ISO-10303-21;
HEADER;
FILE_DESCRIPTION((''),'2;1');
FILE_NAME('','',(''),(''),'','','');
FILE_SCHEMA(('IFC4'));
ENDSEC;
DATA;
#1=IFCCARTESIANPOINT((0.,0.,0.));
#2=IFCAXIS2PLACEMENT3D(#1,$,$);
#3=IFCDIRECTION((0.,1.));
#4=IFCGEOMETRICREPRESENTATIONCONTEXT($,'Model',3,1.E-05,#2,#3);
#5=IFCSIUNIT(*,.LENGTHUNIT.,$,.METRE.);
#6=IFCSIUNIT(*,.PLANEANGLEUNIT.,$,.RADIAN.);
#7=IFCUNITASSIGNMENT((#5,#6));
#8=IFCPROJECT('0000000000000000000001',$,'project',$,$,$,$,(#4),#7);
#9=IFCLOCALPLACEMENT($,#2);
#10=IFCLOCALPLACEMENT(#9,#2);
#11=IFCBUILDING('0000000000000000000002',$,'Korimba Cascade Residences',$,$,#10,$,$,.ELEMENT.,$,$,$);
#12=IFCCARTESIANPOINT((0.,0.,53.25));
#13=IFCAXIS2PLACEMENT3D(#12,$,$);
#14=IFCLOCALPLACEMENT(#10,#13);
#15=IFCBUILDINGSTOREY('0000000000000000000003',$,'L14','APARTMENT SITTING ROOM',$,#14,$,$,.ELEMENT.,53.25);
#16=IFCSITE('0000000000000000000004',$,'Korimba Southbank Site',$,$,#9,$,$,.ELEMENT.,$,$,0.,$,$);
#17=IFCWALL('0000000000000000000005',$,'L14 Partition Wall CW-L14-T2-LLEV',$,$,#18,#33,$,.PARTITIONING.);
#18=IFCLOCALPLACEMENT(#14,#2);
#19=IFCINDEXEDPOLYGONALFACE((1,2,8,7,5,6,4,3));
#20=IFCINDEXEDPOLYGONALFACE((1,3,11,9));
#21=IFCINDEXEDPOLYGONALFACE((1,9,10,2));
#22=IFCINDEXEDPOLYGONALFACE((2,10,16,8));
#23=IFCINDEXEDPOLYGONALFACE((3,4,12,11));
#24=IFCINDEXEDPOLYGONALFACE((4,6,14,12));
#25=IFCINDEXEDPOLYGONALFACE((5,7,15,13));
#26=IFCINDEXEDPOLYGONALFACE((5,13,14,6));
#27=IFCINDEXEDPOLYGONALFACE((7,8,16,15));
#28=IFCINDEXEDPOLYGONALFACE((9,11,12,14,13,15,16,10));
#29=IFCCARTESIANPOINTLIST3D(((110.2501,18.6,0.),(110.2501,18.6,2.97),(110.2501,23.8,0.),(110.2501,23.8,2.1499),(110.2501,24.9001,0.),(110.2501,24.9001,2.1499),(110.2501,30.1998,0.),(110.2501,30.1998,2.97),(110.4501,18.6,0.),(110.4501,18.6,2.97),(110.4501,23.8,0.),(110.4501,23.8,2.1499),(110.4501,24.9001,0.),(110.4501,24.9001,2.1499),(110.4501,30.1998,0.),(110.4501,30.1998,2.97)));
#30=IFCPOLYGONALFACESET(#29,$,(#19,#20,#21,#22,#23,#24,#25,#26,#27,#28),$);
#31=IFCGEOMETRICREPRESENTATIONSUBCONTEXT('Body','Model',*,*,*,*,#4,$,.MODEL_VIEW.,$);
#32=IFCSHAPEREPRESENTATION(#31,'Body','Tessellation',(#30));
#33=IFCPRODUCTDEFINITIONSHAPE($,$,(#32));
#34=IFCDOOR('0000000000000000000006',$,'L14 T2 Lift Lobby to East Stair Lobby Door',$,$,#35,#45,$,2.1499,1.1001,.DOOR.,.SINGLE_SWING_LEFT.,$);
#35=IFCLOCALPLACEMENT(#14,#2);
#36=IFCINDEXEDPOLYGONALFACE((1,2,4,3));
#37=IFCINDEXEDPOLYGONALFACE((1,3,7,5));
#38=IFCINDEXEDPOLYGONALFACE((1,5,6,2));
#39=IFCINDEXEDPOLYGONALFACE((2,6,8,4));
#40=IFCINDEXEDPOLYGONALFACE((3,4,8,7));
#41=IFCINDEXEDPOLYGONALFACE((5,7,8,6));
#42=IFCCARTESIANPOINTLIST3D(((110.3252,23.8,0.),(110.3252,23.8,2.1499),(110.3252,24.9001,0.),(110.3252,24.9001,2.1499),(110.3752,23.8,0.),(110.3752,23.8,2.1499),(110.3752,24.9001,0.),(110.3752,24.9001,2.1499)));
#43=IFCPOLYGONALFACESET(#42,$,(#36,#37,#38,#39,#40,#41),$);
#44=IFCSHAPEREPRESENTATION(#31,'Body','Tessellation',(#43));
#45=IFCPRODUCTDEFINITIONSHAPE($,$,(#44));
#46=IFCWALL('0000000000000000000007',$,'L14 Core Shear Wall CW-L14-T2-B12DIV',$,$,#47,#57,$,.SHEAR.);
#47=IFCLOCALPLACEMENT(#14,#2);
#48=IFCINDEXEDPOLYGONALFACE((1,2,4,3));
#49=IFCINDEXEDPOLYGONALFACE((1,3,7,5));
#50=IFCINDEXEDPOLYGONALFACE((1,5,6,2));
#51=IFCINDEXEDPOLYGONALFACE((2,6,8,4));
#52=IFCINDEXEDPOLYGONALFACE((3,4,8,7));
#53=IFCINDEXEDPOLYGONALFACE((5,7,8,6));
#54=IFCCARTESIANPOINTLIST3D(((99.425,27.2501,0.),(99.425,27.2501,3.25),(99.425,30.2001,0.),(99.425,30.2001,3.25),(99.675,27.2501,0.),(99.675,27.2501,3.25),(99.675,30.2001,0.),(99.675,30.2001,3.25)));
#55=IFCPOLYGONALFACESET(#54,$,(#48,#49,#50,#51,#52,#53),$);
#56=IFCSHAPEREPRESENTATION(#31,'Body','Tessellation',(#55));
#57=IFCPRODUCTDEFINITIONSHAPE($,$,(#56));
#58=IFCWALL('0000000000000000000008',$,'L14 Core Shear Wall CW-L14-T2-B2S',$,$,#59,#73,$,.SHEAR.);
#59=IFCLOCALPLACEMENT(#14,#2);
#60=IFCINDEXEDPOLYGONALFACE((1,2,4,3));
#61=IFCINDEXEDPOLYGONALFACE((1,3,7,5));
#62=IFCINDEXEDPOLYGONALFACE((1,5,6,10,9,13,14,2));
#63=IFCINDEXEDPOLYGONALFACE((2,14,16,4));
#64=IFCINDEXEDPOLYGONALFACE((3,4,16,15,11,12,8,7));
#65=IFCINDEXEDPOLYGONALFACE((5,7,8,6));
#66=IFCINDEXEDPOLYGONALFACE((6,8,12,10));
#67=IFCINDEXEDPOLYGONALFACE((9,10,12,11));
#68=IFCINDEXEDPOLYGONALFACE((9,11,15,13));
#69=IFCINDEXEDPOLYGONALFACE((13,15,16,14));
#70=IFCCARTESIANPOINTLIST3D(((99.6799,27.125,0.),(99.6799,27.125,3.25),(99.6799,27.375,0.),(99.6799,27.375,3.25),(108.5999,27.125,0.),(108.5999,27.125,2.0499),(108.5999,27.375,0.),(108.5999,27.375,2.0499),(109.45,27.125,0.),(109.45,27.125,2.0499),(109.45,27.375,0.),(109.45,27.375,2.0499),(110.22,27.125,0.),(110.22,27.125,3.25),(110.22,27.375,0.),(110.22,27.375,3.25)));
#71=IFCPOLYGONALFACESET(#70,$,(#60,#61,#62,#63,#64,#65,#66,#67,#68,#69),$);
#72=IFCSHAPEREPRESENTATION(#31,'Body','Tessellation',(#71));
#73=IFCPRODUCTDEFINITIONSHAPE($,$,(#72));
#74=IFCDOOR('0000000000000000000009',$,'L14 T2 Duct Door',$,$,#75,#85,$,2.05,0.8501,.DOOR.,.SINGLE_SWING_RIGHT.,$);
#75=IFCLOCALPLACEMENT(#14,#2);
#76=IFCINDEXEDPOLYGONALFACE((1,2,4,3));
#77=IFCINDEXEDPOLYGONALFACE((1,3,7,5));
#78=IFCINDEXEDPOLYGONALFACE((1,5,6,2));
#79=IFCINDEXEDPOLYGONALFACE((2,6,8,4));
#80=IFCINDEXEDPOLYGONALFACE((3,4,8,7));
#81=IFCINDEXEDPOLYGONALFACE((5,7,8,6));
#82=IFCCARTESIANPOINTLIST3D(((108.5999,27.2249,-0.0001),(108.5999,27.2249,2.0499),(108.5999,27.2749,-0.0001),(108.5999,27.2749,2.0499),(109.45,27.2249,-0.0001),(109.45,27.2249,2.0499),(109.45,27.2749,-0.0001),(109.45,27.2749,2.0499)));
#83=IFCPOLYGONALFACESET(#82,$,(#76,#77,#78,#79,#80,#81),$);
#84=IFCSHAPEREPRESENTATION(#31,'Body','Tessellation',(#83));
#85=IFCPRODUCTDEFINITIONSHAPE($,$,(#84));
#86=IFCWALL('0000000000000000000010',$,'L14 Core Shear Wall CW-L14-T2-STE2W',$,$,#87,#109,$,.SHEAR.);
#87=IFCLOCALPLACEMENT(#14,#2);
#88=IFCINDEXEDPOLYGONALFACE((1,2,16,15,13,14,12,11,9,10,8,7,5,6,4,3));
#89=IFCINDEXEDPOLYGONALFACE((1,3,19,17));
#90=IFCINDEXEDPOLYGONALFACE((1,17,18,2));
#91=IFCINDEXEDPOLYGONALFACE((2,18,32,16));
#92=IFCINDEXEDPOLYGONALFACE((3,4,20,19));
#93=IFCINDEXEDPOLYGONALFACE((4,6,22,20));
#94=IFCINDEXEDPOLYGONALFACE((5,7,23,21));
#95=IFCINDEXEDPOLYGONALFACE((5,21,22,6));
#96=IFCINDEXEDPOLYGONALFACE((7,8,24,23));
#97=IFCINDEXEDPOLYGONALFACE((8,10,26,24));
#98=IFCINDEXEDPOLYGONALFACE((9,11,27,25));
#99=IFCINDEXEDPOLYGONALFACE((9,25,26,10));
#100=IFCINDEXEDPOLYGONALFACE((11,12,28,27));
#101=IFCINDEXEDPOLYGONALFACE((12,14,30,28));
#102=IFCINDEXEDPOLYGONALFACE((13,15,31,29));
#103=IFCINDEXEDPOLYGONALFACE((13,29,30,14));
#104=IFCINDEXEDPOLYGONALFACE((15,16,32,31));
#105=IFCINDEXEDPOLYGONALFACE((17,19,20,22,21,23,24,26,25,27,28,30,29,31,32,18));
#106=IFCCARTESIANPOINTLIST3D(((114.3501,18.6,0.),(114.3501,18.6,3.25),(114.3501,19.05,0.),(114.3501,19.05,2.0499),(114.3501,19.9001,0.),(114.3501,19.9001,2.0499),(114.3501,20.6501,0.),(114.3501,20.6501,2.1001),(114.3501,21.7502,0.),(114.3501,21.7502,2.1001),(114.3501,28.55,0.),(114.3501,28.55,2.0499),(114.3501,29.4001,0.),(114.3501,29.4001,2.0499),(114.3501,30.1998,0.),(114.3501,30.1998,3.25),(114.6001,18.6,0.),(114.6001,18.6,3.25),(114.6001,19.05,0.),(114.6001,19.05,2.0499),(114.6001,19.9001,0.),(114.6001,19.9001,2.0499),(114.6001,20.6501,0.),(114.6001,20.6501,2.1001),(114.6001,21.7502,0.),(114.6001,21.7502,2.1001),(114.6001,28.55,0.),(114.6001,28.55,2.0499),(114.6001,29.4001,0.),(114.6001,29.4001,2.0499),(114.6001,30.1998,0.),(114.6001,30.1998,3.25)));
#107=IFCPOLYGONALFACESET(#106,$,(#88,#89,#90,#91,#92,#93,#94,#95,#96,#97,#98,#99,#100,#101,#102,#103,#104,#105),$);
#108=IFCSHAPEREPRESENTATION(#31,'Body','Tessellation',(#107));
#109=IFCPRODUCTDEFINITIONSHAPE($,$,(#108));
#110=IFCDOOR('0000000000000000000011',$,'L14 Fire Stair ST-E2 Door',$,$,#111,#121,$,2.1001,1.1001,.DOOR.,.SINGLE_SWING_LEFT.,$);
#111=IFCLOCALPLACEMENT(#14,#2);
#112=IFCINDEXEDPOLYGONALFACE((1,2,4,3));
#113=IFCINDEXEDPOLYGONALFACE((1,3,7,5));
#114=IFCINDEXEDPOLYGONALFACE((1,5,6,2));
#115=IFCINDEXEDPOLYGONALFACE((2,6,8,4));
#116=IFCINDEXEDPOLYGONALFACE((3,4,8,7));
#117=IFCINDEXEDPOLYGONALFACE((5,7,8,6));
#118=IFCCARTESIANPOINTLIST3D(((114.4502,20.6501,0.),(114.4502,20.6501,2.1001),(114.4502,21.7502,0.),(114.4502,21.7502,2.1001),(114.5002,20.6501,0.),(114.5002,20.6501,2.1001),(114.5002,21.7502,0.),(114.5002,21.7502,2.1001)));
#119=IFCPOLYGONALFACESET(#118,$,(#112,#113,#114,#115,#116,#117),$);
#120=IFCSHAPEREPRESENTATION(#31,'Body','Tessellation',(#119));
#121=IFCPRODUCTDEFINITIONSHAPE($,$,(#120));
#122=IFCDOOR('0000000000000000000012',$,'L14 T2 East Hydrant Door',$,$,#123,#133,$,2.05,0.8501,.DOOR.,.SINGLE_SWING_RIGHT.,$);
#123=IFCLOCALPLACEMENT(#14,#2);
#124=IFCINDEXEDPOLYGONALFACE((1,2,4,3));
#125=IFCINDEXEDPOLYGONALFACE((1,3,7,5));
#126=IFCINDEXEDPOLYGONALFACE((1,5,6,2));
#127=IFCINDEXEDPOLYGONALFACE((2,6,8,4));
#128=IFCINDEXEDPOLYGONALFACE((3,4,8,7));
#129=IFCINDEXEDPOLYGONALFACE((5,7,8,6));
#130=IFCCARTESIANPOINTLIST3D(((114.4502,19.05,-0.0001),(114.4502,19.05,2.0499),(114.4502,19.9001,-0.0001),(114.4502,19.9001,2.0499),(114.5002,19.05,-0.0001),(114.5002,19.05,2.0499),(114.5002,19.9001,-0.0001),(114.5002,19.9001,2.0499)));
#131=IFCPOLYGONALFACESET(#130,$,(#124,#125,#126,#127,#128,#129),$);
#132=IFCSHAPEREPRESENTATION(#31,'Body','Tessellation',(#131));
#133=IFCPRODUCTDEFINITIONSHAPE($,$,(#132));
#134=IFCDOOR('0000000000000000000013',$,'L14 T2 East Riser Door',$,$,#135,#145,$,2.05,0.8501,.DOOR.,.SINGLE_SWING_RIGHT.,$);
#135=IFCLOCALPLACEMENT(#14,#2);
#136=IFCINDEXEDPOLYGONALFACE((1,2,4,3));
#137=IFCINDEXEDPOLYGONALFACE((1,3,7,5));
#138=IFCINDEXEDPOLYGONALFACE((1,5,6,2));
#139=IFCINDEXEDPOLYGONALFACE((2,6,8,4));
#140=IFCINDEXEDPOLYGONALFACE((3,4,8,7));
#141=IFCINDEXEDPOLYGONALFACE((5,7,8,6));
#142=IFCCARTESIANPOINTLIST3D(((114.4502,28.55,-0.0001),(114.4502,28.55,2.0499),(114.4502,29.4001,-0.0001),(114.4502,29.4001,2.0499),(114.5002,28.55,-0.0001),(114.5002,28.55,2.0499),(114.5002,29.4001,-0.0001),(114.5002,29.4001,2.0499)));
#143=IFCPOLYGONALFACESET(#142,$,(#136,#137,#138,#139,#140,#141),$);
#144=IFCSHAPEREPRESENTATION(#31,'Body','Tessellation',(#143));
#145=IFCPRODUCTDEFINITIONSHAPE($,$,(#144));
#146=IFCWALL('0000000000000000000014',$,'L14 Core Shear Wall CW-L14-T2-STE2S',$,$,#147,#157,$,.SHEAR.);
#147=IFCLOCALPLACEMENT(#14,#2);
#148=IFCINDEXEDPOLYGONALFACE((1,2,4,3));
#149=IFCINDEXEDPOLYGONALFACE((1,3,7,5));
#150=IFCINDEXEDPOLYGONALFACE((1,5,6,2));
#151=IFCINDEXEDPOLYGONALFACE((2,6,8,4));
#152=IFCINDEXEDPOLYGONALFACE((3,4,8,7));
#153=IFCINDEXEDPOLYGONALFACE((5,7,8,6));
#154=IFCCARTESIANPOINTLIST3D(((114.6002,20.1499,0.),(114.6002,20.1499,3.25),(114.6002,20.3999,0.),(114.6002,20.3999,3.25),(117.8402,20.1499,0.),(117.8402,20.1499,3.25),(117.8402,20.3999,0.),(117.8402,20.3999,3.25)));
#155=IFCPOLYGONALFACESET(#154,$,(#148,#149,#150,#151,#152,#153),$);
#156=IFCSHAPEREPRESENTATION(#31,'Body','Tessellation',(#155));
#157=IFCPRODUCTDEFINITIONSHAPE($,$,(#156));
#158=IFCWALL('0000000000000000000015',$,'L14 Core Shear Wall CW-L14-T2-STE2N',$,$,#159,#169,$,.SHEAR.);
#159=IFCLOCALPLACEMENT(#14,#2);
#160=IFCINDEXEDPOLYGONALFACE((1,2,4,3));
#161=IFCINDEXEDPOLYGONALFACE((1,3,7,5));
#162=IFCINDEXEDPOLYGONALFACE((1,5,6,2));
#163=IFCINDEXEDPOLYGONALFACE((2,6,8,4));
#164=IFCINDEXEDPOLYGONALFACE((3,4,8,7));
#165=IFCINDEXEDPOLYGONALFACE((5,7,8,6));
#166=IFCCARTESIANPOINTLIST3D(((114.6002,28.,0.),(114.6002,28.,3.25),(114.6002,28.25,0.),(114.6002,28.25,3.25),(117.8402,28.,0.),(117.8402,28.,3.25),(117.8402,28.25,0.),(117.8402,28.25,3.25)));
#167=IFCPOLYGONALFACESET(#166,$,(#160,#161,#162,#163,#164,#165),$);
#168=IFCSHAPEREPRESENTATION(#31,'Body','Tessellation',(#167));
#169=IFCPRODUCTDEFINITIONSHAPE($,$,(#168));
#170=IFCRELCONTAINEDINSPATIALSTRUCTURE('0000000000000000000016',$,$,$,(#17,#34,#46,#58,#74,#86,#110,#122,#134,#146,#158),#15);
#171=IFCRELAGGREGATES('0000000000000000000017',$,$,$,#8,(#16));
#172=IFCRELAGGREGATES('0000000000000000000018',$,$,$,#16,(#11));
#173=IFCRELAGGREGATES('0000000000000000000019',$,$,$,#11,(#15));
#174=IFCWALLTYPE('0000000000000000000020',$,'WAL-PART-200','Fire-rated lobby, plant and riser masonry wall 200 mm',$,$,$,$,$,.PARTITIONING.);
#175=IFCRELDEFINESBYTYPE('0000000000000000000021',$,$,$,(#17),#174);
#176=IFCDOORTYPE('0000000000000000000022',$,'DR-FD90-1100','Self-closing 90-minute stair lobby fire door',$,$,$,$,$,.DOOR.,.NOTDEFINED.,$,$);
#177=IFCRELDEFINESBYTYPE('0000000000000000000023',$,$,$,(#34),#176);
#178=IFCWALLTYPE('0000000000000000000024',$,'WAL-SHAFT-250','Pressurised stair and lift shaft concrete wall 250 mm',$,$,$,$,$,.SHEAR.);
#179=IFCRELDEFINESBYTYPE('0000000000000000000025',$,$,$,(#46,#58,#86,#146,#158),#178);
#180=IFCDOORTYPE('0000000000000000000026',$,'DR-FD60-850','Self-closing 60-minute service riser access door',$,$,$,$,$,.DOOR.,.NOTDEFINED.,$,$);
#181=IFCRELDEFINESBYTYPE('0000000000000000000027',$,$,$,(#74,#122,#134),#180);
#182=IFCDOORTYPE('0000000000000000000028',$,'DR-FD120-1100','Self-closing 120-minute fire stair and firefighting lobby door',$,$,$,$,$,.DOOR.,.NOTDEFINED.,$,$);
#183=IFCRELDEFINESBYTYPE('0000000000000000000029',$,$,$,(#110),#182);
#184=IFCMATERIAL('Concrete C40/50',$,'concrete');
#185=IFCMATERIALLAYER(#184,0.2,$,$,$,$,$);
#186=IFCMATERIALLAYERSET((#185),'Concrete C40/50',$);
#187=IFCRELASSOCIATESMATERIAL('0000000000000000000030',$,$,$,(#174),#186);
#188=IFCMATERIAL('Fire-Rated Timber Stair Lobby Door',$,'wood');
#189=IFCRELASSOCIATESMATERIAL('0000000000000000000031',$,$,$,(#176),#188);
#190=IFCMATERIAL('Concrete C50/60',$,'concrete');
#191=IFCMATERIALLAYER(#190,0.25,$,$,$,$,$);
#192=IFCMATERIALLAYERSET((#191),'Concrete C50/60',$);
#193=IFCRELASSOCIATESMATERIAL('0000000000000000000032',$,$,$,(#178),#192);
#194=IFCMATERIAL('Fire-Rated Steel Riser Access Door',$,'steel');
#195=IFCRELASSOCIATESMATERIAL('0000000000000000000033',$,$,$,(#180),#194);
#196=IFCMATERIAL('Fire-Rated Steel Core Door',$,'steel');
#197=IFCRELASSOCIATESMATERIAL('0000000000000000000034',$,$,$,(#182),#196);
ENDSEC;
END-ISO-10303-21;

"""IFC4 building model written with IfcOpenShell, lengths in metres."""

from ifc_helpers import new_model, si_unit, direction, frame, frame_2d, origin, place, context, subcontext, project, spatial, rectangle, extrude, material, layer, layer_set, type_object, element, fill, save


model = new_model("IFC4")

# Units and contexts
model_context = context("Model", 3, precision=1e-05, world=origin(), true_north=direction((0.0, 1.0)))
body_context = subcontext(model_context, "Body", "Model", "MODEL_VIEW")
ifc_project = project(units=[si_unit("LENGTHUNIT", "METRE"), si_unit("PLANEANGLEUNIT", "RADIAN")], contexts=[model_context])

# Site, building, storey
site_placement = place(None, origin())
site = spatial("IfcSite", under=ifc_project, at=site_placement, Name="Korimba Southbank Site", CompositionType="ELEMENT", RefElevation=0.0)
building_placement = place(site_placement, origin())
building = spatial("IfcBuilding", under=site, at=building_placement, Name="Korimba Cascade Residences", CompositionType="ELEMENT")
storey_placement = place(building_placement, frame((0.0, 0.0, 53.25)))
storey = spatial("IfcBuildingStorey", under=building, at=storey_placement, Name="L14", Description="APARTMENT SITTING ROOM", CompositionType="ELEMENT", Elevation=53.25)

# Shared definitions
ifc_material_1 = material(Name="Concrete C50/60", Category="concrete")

# Shared definitions
ifc_material_2 = material(Name="Concrete C40/50", Category="concrete")
ifc_layer_1 = layer(ifc_material_2, 0.2)
ifc_layer_set_1 = layer_set([ifc_layer_1], Name="Concrete C40/50")
wall_type_1 = type_object("IfcWallType", Name="WAL-PART-200", Description="Fire-rated lobby, plant and riser masonry wall 200 mm", PredefinedType="PARTITIONING", material=ifc_layer_set_1)

# Wall, opening, door
wall_1_placement = place(storey_placement, frame((110.3501, 18.6001, 0.0), z_axis=(0.0, 0.0, 1.0), x_axis=(0.0, 1.0, 0.0)))
wall_1 = element("IfcWall", 1, at=wall_1_placement, inside=storey, type_object=wall_type_1, Name="L14 Partition Wall CW-L14-T2-LLEV", PredefinedType="PARTITIONING", context=body_context, shape_type="SweptSolid", body=[
    extrude(rectangle(XDim=11.5999, YDim=0.2, at=frame_2d((5.7998, 0.0))), origin(), (0.0, 0.0, 1.0), 2.97),
])
opening_1_placement = place(wall_1_placement, frame((5.2, 0.0, 0.0)))
opening_1 = element("IfcOpeningElement", 2, at=opening_1_placement, cuts=wall_1, PredefinedType="OPENING", context=body_context, shape_type="SweptSolid", body=[
    extrude(rectangle(XDim=1.1001, YDim=2.1499, at=frame_2d((0.55, 1.075))), frame((0.0, 0.1099, 0.0), z_axis=(0.0, -1.0, 0.0), x_axis=(1.0, 0.0, 0.0)), (0.0, 0.0, 1.0), 0.22),
])
ifc_material_3 = material(Name="Fire-Rated Timber Stair Lobby Door", Category="wood")
door_type_1 = type_object("IfcDoorType", Name="DR-FD90-1100", Description="Self-closing 90-minute stair lobby fire door", OperationType="NOTDEFINED", PredefinedType="DOOR", material=ifc_material_3)
door_1_placement = place(opening_1_placement, origin())
door_1 = element("IfcDoor", 3, at=door_1_placement, inside=storey, type_object=door_type_1, Name="L14 T2 Lift Lobby to East Stair Lobby Door", OperationType="SINGLE_SWING_LEFT", OverallHeight=2.1499, OverallWidth=1.1001, PredefinedType="DOOR", context=body_context, shape_type="SweptSolid", body=[
    extrude(rectangle(XDim=1.1001, YDim=2.1499, at=frame_2d((0.55, 1.075))), frame((0.0, 0.0249, 0.0), z_axis=(0.0, -1.0, 0.0), x_axis=(1.0, 0.0, 0.0)), (0.0, 0.0, 1.0), 0.05),
])
fill(opening_1, door_1)

# Wall
ifc_layer_2 = layer(ifc_material_1, 0.25)
ifc_layer_set_2 = layer_set([ifc_layer_2], Name="Concrete C50/60")
wall_type_2 = type_object("IfcWallType", Name="WAL-SHAFT-250", Description="Pressurised stair and lift shaft concrete wall 250 mm", PredefinedType="SHEAR", material=ifc_layer_set_2)
wall_2_placement = place(storey_placement, frame((99.55, 27.25, 0.0), z_axis=(0.0, 0.0, 1.0), x_axis=(0.0, 1.0, 0.0)))
element("IfcWall", 4, at=wall_2_placement, inside=storey, type_object=wall_type_2, Name="L14 Core Shear Wall CW-L14-T2-B12DIV", PredefinedType="SHEAR", context=body_context, shape_type="SweptSolid", body=[
    extrude(rectangle(XDim=2.95, YDim=0.25, at=frame_2d((1.4751, 0.0))), origin(), (0.0, 0.0, 1.0), 3.25),
])

# Wall, opening, door
wall_3_placement = place(storey_placement, frame((99.6799, 27.25, 0.0), z_axis=(0.0, 0.0, 1.0), x_axis=(1.0, 0.0, 0.0)))
wall_3 = element("IfcWall", 5, at=wall_3_placement, inside=storey, type_object=wall_type_2, Name="L14 Core Shear Wall CW-L14-T2-B2S", PredefinedType="SHEAR", context=body_context, shape_type="SweptSolid", body=[
    extrude(rectangle(XDim=10.54, YDim=0.25, at=frame_2d((5.27, 0.0))), origin(), (0.0, 0.0, 1.0), 3.25),
])
opening_2_placement = place(wall_3_placement, frame((8.9199, 0.0, 0.0)))
opening_2 = element("IfcOpeningElement", 6, at=opening_2_placement, cuts=wall_3, PredefinedType="OPENING", context=body_context, shape_type="SweptSolid", body=[
    extrude(rectangle(XDim=0.8501, YDim=2.05, at=frame_2d((0.425, 1.0249))), frame((0.0, 0.135, 0.0), z_axis=(0.0, -1.0, 0.0), x_axis=(1.0, 0.0, 0.0)), (0.0, 0.0, 1.0), 0.27),
])
ifc_material_4 = material(Name="Fire-Rated Steel Riser Access Door", Category="steel")
door_type_2 = type_object("IfcDoorType", Name="DR-FD60-850", Description="Self-closing 60-minute service riser access door", OperationType="NOTDEFINED", PredefinedType="DOOR", material=ifc_material_4)
door_2_placement = place(opening_2_placement, origin())
door_2 = element("IfcDoor", 7, at=door_2_placement, inside=storey, type_object=door_type_2, Name="L14 T2 Duct Door", OperationType="SINGLE_SWING_RIGHT", OverallHeight=2.05, OverallWidth=0.8501, PredefinedType="DOOR", context=body_context, shape_type="SweptSolid", body=[
    extrude(rectangle(XDim=0.8501, YDim=2.05, at=frame_2d((0.425, 1.0249))), frame((0.0, 0.0249, 0.0), z_axis=(0.0, -1.0, 0.0), x_axis=(1.0, 0.0, 0.0)), (0.0, 0.0, 1.0), 0.05),
])
fill(opening_2, door_2)

# Wall, openings, doors
wall_4_placement = place(storey_placement, frame((114.4751, 18.6001, 0.0), z_axis=(0.0, 0.0, 1.0), x_axis=(0.0, 1.0, 0.0)))
wall_4 = element("IfcWall", 8, at=wall_4_placement, inside=storey, type_object=wall_type_2, Name="L14 Core Shear Wall CW-L14-T2-STE2W", PredefinedType="SHEAR", context=body_context, shape_type="SweptSolid", body=[
    extrude(rectangle(XDim=11.5999, YDim=0.25, at=frame_2d((5.7998, 0.0))), origin(), (0.0, 0.0, 1.0), 3.25),
])
opening_3_placement = place(wall_4_placement, frame((0.45, 0.0, 0.0)))
opening_3 = element("IfcOpeningElement", 9, at=opening_3_placement, cuts=wall_4, PredefinedType="OPENING", context=body_context, shape_type="SweptSolid", body=[
    extrude(rectangle(XDim=0.8501, YDim=2.05, at=frame_2d((0.425, 1.0249))), frame((0.0, 0.135, 0.0), z_axis=(0.0, -1.0, 0.0), x_axis=(1.0, 0.0, 0.0)), (0.0, 0.0, 1.0), 0.27),
])
opening_4_placement = place(wall_4_placement, frame((2.05, 0.0, 0.0)))
opening_4 = element("IfcOpeningElement", 10, at=opening_4_placement, cuts=wall_4, PredefinedType="OPENING", context=body_context, shape_type="SweptSolid", body=[
    extrude(rectangle(XDim=1.1001, YDim=2.1001, at=frame_2d((0.55, 1.05))), frame((0.0, 0.135, 0.0), z_axis=(0.0, -1.0, 0.0), x_axis=(1.0, 0.0, 0.0)), (0.0, 0.0, 1.0), 0.27),
])
opening_5_placement = place(wall_4_placement, frame((9.95, 0.0, 0.0)))
opening_5 = element("IfcOpeningElement", 11, at=opening_5_placement, cuts=wall_4, PredefinedType="OPENING", context=body_context, shape_type="SweptSolid", body=[
    extrude(rectangle(XDim=0.8501, YDim=2.05, at=frame_2d((0.425, 1.0249))), frame((0.0, 0.135, 0.0), z_axis=(0.0, -1.0, 0.0), x_axis=(1.0, 0.0, 0.0)), (0.0, 0.0, 1.0), 0.27),
])
ifc_material_5 = material(Name="Fire-Rated Steel Core Door", Category="steel")
door_type_3 = type_object("IfcDoorType", Name="DR-FD120-1100", Description="Self-closing 120-minute fire stair and firefighting lobby door", OperationType="NOTDEFINED", PredefinedType="DOOR", material=ifc_material_5)
door_3_placement = place(opening_4_placement, origin())
door_3 = element("IfcDoor", 12, at=door_3_placement, inside=storey, type_object=door_type_3, Name="L14 Fire Stair ST-E2 Door", OperationType="SINGLE_SWING_LEFT", OverallHeight=2.1001, OverallWidth=1.1001, PredefinedType="DOOR", context=body_context, shape_type="SweptSolid", body=[
    extrude(rectangle(XDim=1.1001, YDim=2.1001, at=frame_2d((0.55, 1.05))), frame((0.0, 0.0249, 0.0), z_axis=(0.0, -1.0, 0.0), x_axis=(1.0, 0.0, 0.0)), (0.0, 0.0, 1.0), 0.05),
])
fill(opening_4, door_3)
door_4_placement = place(opening_3_placement, origin())
door_4 = element("IfcDoor", 13, at=door_4_placement, inside=storey, type_object=door_type_2, Name="L14 T2 East Hydrant Door", OperationType="SINGLE_SWING_RIGHT", OverallHeight=2.05, OverallWidth=0.8501, PredefinedType="DOOR", context=body_context, shape_type="SweptSolid", body=[
    extrude(rectangle(XDim=0.8501, YDim=2.05, at=frame_2d((0.425, 1.0249))), frame((0.0, 0.0249, 0.0), z_axis=(0.0, -1.0, 0.0), x_axis=(1.0, 0.0, 0.0)), (0.0, 0.0, 1.0), 0.05),
])
fill(opening_3, door_4)
door_5_placement = place(opening_5_placement, origin())
door_5 = element("IfcDoor", 14, at=door_5_placement, inside=storey, type_object=door_type_2, Name="L14 T2 East Riser Door", OperationType="SINGLE_SWING_RIGHT", OverallHeight=2.05, OverallWidth=0.8501, PredefinedType="DOOR", context=body_context, shape_type="SweptSolid", body=[
    extrude(rectangle(XDim=0.8501, YDim=2.05, at=frame_2d((0.425, 1.0249))), frame((0.0, 0.0249, 0.0), z_axis=(0.0, -1.0, 0.0), x_axis=(1.0, 0.0, 0.0)), (0.0, 0.0, 1.0), 0.05),
])
fill(opening_5, door_5)

# Walls
for number, where, z_axis, x_axis, name in (
    (15, (114.6001, 20.2749, 0.0), (0.0, 0.0, 1.0), (1.0, 0.0, 0.0), "L14 Core Shear Wall CW-L14-T2-STE2S"),
    (16, (114.6001, 28.125, 0.0), (0.0, 0.0, 1.0), (1.0, 0.0, 0.0), "L14 Core Shear Wall CW-L14-T2-STE2N"),
):
    element("IfcWall", number, at=place(storey_placement, frame(where, z_axis=z_axis, x_axis=x_axis)), inside=storey, type_object=wall_type_2, Name=name, PredefinedType="SHEAR", context=body_context, shape_type="SweptSolid", body=[
        extrude(rectangle(XDim=3.24, YDim=0.25, at=frame_2d((1.6201, 0.0))), origin(), (0.0, 0.0, 1.0), 3.25),
    ])

save(model, "model.ifc")
